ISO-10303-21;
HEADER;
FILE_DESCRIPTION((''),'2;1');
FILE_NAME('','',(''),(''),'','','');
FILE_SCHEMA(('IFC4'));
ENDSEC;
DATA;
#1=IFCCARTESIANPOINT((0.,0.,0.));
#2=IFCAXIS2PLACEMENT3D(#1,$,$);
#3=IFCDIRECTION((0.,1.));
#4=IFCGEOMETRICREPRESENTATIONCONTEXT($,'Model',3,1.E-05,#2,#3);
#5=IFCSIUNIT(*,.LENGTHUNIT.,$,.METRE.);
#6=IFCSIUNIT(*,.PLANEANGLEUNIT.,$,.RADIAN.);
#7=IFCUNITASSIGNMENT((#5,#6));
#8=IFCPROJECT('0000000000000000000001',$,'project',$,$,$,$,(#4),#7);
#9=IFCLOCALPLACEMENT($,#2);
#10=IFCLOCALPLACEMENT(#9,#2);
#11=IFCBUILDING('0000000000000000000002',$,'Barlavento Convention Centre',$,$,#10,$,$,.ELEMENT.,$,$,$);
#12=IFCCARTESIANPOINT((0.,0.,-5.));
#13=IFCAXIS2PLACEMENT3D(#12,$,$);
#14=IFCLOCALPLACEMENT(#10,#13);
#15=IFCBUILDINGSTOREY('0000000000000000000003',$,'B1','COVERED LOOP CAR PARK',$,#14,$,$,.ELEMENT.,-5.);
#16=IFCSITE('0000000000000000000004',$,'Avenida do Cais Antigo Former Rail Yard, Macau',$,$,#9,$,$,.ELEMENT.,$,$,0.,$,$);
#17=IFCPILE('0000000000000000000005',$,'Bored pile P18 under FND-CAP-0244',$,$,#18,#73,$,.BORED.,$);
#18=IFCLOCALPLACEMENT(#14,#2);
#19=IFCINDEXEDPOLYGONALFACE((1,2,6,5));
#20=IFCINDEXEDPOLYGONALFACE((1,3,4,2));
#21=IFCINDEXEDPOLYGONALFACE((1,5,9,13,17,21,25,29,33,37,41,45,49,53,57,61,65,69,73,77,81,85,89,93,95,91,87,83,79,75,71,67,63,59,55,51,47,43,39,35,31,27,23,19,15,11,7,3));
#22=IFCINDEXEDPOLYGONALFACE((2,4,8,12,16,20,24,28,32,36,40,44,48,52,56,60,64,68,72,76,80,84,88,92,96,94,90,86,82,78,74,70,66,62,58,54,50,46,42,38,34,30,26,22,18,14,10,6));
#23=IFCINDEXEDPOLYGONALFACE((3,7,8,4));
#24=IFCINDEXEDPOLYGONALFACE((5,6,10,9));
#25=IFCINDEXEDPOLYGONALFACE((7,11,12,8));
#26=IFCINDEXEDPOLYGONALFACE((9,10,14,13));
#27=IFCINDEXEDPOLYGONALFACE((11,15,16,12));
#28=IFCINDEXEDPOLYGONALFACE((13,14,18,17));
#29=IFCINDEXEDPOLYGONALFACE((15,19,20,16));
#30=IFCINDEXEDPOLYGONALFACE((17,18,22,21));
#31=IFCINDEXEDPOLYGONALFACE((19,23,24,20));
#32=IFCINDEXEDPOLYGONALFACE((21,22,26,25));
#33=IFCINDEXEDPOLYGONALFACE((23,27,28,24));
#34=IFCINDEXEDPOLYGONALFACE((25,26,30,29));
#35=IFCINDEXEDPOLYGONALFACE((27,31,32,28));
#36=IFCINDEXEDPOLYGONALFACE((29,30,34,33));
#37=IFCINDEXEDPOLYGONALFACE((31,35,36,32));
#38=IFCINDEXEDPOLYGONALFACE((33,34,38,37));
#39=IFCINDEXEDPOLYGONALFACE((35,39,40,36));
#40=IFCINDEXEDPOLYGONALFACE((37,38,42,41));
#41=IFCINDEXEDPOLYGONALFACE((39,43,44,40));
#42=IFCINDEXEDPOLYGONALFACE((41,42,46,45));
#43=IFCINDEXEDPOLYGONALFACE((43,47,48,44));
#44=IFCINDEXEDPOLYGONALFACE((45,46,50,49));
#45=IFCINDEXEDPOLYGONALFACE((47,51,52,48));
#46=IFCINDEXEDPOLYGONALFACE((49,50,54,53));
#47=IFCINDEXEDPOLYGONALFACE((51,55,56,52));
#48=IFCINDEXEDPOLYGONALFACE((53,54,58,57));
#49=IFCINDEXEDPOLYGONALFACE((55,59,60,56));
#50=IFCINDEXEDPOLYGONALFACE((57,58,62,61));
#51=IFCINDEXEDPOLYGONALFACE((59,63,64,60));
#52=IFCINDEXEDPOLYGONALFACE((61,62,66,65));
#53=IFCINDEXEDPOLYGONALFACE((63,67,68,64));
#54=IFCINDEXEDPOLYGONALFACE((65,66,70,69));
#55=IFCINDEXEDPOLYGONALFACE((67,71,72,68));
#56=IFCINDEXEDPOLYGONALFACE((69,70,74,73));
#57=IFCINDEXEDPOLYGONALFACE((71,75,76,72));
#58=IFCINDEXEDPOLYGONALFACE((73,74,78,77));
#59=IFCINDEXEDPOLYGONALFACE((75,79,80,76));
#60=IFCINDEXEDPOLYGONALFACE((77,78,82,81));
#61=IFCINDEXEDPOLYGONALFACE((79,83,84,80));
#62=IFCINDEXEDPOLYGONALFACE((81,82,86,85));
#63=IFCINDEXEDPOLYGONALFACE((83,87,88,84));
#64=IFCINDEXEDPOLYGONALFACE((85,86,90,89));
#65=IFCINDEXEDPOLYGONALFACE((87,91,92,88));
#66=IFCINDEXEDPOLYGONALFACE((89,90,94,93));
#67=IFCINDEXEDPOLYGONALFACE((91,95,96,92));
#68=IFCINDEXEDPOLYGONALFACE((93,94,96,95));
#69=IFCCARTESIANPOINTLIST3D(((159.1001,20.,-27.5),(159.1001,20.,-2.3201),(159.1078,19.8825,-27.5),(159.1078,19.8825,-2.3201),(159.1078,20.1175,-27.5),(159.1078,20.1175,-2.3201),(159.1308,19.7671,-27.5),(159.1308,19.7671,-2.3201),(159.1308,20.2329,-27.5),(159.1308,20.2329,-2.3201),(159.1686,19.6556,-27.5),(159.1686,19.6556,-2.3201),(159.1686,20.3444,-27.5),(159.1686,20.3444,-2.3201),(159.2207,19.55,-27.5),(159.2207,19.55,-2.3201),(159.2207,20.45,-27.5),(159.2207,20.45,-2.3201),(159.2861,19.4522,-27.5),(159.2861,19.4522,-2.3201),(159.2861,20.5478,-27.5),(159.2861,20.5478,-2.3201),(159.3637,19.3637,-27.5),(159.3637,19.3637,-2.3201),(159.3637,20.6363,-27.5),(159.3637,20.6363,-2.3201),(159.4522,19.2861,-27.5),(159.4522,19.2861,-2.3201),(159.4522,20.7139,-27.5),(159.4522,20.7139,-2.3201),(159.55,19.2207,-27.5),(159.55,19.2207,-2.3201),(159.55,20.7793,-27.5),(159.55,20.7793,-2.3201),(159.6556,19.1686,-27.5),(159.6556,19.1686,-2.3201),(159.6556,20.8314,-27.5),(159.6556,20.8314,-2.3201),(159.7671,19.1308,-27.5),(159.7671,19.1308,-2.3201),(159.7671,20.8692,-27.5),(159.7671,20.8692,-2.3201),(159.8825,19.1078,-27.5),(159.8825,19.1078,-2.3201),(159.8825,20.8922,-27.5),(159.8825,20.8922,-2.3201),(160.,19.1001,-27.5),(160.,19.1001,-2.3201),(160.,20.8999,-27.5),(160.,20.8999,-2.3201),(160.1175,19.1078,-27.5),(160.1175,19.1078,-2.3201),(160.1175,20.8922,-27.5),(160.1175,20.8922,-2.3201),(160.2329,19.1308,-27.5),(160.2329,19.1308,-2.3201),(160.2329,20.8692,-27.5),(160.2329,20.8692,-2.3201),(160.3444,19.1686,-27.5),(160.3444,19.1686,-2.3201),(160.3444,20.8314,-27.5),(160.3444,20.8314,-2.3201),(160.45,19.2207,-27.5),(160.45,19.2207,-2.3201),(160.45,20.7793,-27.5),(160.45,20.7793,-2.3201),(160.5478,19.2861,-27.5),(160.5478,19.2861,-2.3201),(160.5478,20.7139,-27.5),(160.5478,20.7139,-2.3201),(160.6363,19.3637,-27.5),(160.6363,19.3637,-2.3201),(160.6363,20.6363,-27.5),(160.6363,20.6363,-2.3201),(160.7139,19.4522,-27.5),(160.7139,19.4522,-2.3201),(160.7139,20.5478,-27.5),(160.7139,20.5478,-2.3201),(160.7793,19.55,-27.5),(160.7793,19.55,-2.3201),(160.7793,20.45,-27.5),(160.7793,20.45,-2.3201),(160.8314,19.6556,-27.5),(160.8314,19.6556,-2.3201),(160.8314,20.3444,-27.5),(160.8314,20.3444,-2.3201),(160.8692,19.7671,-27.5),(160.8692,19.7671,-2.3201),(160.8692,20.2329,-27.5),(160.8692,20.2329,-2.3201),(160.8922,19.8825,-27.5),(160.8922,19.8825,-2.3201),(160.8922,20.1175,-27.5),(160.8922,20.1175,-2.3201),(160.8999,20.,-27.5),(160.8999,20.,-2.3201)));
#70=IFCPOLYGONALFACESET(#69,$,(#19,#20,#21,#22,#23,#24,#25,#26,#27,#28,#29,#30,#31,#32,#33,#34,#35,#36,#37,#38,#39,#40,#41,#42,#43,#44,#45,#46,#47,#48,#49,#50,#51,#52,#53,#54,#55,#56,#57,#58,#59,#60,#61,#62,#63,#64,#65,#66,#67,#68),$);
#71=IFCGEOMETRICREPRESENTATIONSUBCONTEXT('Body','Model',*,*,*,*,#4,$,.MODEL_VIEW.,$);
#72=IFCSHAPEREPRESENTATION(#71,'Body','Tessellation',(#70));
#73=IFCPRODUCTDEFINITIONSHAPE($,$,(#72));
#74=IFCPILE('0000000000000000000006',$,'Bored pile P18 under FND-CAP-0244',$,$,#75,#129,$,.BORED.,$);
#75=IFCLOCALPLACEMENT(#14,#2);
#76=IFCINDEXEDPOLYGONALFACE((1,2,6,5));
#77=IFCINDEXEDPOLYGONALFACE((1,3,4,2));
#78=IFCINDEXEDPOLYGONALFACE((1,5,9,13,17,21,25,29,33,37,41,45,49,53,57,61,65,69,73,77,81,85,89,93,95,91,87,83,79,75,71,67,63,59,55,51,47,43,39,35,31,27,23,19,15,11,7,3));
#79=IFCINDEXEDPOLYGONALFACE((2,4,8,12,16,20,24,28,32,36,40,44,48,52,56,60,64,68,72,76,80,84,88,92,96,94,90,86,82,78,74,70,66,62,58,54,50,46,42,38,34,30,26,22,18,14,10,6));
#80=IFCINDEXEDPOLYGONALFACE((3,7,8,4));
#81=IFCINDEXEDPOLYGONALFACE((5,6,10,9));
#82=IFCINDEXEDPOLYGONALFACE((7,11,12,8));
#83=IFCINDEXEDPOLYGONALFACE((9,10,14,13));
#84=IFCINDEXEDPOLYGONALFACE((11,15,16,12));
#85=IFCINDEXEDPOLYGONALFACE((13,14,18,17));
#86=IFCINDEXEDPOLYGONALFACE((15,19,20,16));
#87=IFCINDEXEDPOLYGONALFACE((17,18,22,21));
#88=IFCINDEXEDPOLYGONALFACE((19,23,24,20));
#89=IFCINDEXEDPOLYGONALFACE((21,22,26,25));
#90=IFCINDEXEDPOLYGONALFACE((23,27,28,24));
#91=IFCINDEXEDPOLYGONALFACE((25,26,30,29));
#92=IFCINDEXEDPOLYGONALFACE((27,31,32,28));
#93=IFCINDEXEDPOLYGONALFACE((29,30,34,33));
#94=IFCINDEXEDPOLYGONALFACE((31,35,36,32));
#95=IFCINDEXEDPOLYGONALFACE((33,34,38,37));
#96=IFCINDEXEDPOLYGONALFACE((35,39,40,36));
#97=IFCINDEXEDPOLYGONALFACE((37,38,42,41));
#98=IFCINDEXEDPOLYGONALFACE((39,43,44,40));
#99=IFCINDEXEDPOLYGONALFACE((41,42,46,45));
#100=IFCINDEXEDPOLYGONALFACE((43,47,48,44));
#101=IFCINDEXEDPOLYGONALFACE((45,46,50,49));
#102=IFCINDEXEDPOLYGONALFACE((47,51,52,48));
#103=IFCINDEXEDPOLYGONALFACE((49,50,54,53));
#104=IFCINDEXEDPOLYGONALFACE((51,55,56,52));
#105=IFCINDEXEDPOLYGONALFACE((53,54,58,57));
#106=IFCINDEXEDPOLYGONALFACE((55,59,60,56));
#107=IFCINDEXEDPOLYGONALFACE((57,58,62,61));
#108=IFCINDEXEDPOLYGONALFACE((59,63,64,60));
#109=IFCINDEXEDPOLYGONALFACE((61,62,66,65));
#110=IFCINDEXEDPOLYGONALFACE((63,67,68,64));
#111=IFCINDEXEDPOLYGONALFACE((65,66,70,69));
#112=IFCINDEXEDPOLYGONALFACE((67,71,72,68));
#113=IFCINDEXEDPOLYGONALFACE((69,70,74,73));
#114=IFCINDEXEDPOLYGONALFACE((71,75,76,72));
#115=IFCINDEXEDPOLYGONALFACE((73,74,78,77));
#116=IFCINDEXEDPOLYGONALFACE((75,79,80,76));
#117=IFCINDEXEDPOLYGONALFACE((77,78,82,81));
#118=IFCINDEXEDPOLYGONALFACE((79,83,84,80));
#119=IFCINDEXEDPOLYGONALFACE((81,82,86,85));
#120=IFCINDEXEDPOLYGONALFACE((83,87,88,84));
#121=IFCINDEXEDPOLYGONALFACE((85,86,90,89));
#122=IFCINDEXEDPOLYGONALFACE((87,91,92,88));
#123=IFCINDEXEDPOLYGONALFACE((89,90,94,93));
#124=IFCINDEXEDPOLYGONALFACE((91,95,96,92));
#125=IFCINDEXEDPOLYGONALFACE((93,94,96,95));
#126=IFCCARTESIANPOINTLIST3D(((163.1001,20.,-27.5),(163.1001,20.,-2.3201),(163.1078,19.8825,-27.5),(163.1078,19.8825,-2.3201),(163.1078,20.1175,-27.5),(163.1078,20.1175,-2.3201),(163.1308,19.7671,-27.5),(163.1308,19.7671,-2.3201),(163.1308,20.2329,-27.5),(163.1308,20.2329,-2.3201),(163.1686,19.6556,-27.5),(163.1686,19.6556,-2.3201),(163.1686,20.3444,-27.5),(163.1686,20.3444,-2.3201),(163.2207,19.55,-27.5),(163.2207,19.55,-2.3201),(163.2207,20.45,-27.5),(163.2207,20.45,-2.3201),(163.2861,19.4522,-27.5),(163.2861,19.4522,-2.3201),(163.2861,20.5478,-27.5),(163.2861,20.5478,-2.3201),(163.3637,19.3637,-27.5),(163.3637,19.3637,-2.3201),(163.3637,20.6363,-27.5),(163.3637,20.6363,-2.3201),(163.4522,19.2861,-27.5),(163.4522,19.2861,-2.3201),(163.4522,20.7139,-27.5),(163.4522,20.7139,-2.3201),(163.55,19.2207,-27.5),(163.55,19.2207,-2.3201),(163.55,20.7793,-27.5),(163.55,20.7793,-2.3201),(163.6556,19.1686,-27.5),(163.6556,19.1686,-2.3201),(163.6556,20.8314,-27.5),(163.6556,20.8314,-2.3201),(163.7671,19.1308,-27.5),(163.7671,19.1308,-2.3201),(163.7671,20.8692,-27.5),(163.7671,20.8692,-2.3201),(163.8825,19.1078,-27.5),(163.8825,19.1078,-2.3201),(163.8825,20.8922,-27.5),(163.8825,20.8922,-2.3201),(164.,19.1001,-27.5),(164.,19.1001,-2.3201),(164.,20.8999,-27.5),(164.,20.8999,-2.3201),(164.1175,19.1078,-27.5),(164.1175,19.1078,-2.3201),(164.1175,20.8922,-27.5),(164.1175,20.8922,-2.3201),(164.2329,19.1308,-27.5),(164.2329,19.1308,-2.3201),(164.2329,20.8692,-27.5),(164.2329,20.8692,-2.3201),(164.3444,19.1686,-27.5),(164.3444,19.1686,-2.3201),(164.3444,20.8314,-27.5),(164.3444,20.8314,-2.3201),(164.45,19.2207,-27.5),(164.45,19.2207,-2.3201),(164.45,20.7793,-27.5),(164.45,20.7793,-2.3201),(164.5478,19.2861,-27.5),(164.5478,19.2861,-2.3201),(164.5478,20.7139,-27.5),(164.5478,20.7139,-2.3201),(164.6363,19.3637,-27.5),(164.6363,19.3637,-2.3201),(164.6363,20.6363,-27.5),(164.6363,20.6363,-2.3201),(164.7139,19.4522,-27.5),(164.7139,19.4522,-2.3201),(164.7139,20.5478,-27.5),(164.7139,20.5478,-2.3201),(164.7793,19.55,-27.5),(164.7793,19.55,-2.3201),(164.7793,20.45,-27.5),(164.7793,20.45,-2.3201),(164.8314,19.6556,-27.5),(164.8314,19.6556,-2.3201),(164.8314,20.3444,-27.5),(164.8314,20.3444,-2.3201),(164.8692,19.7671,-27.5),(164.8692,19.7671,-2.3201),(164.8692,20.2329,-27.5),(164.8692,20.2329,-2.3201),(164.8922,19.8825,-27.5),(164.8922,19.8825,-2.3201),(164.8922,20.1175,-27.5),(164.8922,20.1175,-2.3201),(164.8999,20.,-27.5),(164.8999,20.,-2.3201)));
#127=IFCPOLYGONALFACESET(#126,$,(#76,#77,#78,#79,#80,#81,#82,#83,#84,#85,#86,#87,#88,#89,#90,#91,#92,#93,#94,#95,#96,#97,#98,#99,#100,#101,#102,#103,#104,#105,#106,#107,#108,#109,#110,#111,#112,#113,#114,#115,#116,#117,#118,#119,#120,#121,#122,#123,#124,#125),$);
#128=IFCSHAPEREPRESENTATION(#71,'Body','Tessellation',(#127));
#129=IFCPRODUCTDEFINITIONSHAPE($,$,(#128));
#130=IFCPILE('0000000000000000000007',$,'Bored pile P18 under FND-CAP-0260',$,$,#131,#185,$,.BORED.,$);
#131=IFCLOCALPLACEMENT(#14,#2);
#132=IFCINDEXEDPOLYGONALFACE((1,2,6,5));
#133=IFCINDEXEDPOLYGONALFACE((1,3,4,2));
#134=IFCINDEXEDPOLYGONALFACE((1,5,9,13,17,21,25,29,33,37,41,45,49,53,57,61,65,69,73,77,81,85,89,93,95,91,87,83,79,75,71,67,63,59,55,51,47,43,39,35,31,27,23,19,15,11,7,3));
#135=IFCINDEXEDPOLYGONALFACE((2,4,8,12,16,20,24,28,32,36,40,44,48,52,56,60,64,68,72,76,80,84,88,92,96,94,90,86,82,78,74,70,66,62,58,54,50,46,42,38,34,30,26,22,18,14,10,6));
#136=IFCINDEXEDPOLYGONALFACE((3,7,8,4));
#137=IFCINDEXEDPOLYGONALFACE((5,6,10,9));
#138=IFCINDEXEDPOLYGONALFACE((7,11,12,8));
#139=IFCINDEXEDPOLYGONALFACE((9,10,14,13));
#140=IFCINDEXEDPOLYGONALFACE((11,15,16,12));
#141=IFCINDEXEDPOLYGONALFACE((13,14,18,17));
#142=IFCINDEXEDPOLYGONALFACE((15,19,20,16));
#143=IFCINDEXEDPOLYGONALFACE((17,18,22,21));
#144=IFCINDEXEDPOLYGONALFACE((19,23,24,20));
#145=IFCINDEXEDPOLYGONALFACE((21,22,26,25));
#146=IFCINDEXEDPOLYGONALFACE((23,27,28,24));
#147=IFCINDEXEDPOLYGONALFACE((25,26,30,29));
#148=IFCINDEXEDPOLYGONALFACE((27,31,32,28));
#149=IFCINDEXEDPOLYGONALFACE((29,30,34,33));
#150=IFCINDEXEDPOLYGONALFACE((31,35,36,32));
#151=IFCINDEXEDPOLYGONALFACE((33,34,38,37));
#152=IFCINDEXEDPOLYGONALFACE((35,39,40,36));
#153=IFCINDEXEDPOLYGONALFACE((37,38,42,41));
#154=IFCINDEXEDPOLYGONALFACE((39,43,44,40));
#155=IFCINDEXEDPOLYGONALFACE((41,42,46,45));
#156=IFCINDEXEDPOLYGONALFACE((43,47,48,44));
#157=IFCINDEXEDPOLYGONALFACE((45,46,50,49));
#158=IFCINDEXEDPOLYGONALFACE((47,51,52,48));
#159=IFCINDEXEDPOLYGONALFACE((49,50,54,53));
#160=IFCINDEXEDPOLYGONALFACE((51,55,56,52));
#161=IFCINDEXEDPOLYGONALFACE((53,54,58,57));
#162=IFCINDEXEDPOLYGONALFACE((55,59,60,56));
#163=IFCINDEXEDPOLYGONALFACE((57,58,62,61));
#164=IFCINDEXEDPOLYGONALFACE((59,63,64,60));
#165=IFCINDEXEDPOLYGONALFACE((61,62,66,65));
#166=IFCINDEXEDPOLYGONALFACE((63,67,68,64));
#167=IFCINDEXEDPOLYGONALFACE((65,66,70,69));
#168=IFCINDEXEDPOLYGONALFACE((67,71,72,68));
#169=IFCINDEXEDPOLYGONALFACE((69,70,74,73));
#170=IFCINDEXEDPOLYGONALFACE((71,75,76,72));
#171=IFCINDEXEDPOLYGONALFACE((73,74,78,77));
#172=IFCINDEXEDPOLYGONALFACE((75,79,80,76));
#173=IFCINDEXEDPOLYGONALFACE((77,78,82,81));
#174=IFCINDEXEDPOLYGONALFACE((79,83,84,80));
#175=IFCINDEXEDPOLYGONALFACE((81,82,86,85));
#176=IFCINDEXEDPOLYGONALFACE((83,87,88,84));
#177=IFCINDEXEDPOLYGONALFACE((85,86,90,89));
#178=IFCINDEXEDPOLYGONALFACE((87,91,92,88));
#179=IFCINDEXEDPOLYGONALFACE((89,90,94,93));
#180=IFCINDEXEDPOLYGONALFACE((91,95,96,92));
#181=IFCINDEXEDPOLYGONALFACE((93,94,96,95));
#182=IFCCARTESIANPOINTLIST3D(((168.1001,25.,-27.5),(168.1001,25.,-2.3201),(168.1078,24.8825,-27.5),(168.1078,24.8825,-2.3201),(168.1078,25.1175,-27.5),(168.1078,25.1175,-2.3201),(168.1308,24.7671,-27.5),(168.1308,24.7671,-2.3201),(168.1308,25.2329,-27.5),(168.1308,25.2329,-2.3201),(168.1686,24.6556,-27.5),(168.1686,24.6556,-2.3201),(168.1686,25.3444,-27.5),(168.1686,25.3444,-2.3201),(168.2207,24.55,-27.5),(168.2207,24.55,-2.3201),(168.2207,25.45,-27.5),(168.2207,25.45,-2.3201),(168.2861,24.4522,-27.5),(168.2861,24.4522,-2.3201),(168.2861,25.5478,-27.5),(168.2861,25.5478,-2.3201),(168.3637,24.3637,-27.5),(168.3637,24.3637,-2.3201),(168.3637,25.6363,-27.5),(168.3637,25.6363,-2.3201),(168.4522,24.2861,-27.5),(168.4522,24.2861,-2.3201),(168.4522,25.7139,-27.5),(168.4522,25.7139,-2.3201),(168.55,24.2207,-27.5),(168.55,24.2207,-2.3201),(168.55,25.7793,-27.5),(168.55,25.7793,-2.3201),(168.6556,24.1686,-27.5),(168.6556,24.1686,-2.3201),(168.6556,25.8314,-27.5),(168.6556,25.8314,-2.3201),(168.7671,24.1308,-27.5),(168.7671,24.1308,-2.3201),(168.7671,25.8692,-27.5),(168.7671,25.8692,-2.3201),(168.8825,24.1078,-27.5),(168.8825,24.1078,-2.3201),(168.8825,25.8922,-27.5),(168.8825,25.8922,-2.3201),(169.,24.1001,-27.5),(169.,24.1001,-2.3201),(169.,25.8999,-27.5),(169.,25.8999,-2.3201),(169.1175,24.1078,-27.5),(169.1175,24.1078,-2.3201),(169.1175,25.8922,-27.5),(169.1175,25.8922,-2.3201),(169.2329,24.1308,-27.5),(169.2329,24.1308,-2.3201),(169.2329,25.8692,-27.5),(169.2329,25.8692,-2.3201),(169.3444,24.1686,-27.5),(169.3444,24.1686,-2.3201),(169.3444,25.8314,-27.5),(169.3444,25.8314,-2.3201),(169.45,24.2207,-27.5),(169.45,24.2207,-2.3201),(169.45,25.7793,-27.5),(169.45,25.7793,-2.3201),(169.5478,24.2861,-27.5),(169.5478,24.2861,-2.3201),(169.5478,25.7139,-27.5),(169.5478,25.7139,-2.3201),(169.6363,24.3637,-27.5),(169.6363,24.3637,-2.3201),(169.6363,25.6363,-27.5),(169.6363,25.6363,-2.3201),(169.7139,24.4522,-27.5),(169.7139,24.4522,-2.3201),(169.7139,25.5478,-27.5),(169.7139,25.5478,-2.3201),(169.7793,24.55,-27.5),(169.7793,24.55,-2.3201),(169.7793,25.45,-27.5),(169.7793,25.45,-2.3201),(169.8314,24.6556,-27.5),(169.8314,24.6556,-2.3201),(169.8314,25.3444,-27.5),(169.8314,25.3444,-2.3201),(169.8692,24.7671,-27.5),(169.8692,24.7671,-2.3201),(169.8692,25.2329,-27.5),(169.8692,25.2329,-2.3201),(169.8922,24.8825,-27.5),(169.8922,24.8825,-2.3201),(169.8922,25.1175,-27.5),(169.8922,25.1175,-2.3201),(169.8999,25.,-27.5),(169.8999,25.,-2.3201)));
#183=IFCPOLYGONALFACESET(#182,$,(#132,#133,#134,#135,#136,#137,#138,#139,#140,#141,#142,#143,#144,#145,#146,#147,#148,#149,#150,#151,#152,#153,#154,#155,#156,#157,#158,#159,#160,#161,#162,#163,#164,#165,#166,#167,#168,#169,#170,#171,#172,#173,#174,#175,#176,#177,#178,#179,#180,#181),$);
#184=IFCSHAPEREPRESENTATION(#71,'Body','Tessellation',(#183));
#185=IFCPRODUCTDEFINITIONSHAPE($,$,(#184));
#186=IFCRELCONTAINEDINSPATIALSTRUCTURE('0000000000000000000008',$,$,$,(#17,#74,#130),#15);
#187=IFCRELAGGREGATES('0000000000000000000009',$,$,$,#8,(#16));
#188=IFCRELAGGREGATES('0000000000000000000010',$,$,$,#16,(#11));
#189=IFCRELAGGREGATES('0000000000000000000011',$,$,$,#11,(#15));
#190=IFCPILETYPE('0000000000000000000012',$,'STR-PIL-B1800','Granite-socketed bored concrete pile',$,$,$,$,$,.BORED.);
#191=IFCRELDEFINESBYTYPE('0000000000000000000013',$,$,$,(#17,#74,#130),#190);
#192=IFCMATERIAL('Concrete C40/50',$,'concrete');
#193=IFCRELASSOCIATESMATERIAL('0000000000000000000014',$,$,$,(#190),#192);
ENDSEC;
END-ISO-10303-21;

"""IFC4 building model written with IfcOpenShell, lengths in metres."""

from ifc_helpers import new_model, si_unit, direction, frame, origin, origin_2d, place, context, subcontext, project, spatial, circle, extrude, material, material_profile, profile_set, type_object, element, save


model = new_model("IFC4")

# Units and contexts
model_context = context("Model", 3, precision=1e-05, world=origin(), true_north=direction((0.0, 1.0)))
body_context = subcontext(model_context, "Body", "Model", "MODEL_VIEW")
ifc_project = project(units=[si_unit("LENGTHUNIT", "METRE"), si_unit("PLANEANGLEUNIT", "RADIAN")], contexts=[model_context])

# Site, building, storey
site_placement = place(None, origin())
site = spatial("IfcSite", under=ifc_project, at=site_placement, Name="Avenida do Cais Antigo Former Rail Yard, Macau", CompositionType="ELEMENT", RefElevation=0.0)
building_placement = place(site_placement, origin())
building = spatial("IfcBuilding", under=site, at=building_placement, Name="Barlavento Convention Centre", CompositionType="ELEMENT")
storey_placement = place(building_placement, frame((0.0, 0.0, -5.0)))
storey = spatial("IfcBuildingStorey", under=building, at=storey_placement, Name="B1", Description="COVERED LOOP CAR PARK", CompositionType="ELEMENT", Elevation=-5.0)

# Shared definitions
ifc_material_1 = material(Name="Concrete C40/50", Category="concrete")

# Piles
ifc_material_profile_1 = material_profile(ifc_material_1, circle(Radius=0.8999, at=origin_2d()), Name="BORED PILE 1800")
ifc_profile_set_1 = profile_set([ifc_material_profile_1], Name="Concrete C40/50")
pile_type_1 = type_object("IfcPileType", Name="STR-PIL-B1800", Description="Granite-socketed bored concrete pile", PredefinedType="BORED", material=ifc_profile_set_1)
for number, where, z_axis, x_axis, name in (
    (1, (160.0, 20.0, -2.3201), (0.0, 0.0, -1.0), (1.0, 0.0, 0.0), "Bored pile P18 under FND-CAP-0244"),
    (2, (164.0, 20.0, -2.3201), (0.0, 0.0, -1.0), (1.0, 0.0, 0.0), "Bored pile P18 under FND-CAP-0244"),
    (3, (169.0, 25.0, -2.3201), (0.0, 0.0, -1.0), (1.0, 0.0, 0.0), "Bored pile P18 under FND-CAP-0260"),
):
    element("IfcPile", number, at=place(storey_placement, frame(where, z_axis=z_axis, x_axis=x_axis)), inside=storey, type_object=pile_type_1, Name=name, PredefinedType="BORED", context=body_context, shape_type="SweptSolid", body=[
        extrude(circle(Radius=0.8999, at=origin_2d()), origin(), (0.0, 0.0, 1.0), 25.1799),
    ])

save(model, "model.ifc")
